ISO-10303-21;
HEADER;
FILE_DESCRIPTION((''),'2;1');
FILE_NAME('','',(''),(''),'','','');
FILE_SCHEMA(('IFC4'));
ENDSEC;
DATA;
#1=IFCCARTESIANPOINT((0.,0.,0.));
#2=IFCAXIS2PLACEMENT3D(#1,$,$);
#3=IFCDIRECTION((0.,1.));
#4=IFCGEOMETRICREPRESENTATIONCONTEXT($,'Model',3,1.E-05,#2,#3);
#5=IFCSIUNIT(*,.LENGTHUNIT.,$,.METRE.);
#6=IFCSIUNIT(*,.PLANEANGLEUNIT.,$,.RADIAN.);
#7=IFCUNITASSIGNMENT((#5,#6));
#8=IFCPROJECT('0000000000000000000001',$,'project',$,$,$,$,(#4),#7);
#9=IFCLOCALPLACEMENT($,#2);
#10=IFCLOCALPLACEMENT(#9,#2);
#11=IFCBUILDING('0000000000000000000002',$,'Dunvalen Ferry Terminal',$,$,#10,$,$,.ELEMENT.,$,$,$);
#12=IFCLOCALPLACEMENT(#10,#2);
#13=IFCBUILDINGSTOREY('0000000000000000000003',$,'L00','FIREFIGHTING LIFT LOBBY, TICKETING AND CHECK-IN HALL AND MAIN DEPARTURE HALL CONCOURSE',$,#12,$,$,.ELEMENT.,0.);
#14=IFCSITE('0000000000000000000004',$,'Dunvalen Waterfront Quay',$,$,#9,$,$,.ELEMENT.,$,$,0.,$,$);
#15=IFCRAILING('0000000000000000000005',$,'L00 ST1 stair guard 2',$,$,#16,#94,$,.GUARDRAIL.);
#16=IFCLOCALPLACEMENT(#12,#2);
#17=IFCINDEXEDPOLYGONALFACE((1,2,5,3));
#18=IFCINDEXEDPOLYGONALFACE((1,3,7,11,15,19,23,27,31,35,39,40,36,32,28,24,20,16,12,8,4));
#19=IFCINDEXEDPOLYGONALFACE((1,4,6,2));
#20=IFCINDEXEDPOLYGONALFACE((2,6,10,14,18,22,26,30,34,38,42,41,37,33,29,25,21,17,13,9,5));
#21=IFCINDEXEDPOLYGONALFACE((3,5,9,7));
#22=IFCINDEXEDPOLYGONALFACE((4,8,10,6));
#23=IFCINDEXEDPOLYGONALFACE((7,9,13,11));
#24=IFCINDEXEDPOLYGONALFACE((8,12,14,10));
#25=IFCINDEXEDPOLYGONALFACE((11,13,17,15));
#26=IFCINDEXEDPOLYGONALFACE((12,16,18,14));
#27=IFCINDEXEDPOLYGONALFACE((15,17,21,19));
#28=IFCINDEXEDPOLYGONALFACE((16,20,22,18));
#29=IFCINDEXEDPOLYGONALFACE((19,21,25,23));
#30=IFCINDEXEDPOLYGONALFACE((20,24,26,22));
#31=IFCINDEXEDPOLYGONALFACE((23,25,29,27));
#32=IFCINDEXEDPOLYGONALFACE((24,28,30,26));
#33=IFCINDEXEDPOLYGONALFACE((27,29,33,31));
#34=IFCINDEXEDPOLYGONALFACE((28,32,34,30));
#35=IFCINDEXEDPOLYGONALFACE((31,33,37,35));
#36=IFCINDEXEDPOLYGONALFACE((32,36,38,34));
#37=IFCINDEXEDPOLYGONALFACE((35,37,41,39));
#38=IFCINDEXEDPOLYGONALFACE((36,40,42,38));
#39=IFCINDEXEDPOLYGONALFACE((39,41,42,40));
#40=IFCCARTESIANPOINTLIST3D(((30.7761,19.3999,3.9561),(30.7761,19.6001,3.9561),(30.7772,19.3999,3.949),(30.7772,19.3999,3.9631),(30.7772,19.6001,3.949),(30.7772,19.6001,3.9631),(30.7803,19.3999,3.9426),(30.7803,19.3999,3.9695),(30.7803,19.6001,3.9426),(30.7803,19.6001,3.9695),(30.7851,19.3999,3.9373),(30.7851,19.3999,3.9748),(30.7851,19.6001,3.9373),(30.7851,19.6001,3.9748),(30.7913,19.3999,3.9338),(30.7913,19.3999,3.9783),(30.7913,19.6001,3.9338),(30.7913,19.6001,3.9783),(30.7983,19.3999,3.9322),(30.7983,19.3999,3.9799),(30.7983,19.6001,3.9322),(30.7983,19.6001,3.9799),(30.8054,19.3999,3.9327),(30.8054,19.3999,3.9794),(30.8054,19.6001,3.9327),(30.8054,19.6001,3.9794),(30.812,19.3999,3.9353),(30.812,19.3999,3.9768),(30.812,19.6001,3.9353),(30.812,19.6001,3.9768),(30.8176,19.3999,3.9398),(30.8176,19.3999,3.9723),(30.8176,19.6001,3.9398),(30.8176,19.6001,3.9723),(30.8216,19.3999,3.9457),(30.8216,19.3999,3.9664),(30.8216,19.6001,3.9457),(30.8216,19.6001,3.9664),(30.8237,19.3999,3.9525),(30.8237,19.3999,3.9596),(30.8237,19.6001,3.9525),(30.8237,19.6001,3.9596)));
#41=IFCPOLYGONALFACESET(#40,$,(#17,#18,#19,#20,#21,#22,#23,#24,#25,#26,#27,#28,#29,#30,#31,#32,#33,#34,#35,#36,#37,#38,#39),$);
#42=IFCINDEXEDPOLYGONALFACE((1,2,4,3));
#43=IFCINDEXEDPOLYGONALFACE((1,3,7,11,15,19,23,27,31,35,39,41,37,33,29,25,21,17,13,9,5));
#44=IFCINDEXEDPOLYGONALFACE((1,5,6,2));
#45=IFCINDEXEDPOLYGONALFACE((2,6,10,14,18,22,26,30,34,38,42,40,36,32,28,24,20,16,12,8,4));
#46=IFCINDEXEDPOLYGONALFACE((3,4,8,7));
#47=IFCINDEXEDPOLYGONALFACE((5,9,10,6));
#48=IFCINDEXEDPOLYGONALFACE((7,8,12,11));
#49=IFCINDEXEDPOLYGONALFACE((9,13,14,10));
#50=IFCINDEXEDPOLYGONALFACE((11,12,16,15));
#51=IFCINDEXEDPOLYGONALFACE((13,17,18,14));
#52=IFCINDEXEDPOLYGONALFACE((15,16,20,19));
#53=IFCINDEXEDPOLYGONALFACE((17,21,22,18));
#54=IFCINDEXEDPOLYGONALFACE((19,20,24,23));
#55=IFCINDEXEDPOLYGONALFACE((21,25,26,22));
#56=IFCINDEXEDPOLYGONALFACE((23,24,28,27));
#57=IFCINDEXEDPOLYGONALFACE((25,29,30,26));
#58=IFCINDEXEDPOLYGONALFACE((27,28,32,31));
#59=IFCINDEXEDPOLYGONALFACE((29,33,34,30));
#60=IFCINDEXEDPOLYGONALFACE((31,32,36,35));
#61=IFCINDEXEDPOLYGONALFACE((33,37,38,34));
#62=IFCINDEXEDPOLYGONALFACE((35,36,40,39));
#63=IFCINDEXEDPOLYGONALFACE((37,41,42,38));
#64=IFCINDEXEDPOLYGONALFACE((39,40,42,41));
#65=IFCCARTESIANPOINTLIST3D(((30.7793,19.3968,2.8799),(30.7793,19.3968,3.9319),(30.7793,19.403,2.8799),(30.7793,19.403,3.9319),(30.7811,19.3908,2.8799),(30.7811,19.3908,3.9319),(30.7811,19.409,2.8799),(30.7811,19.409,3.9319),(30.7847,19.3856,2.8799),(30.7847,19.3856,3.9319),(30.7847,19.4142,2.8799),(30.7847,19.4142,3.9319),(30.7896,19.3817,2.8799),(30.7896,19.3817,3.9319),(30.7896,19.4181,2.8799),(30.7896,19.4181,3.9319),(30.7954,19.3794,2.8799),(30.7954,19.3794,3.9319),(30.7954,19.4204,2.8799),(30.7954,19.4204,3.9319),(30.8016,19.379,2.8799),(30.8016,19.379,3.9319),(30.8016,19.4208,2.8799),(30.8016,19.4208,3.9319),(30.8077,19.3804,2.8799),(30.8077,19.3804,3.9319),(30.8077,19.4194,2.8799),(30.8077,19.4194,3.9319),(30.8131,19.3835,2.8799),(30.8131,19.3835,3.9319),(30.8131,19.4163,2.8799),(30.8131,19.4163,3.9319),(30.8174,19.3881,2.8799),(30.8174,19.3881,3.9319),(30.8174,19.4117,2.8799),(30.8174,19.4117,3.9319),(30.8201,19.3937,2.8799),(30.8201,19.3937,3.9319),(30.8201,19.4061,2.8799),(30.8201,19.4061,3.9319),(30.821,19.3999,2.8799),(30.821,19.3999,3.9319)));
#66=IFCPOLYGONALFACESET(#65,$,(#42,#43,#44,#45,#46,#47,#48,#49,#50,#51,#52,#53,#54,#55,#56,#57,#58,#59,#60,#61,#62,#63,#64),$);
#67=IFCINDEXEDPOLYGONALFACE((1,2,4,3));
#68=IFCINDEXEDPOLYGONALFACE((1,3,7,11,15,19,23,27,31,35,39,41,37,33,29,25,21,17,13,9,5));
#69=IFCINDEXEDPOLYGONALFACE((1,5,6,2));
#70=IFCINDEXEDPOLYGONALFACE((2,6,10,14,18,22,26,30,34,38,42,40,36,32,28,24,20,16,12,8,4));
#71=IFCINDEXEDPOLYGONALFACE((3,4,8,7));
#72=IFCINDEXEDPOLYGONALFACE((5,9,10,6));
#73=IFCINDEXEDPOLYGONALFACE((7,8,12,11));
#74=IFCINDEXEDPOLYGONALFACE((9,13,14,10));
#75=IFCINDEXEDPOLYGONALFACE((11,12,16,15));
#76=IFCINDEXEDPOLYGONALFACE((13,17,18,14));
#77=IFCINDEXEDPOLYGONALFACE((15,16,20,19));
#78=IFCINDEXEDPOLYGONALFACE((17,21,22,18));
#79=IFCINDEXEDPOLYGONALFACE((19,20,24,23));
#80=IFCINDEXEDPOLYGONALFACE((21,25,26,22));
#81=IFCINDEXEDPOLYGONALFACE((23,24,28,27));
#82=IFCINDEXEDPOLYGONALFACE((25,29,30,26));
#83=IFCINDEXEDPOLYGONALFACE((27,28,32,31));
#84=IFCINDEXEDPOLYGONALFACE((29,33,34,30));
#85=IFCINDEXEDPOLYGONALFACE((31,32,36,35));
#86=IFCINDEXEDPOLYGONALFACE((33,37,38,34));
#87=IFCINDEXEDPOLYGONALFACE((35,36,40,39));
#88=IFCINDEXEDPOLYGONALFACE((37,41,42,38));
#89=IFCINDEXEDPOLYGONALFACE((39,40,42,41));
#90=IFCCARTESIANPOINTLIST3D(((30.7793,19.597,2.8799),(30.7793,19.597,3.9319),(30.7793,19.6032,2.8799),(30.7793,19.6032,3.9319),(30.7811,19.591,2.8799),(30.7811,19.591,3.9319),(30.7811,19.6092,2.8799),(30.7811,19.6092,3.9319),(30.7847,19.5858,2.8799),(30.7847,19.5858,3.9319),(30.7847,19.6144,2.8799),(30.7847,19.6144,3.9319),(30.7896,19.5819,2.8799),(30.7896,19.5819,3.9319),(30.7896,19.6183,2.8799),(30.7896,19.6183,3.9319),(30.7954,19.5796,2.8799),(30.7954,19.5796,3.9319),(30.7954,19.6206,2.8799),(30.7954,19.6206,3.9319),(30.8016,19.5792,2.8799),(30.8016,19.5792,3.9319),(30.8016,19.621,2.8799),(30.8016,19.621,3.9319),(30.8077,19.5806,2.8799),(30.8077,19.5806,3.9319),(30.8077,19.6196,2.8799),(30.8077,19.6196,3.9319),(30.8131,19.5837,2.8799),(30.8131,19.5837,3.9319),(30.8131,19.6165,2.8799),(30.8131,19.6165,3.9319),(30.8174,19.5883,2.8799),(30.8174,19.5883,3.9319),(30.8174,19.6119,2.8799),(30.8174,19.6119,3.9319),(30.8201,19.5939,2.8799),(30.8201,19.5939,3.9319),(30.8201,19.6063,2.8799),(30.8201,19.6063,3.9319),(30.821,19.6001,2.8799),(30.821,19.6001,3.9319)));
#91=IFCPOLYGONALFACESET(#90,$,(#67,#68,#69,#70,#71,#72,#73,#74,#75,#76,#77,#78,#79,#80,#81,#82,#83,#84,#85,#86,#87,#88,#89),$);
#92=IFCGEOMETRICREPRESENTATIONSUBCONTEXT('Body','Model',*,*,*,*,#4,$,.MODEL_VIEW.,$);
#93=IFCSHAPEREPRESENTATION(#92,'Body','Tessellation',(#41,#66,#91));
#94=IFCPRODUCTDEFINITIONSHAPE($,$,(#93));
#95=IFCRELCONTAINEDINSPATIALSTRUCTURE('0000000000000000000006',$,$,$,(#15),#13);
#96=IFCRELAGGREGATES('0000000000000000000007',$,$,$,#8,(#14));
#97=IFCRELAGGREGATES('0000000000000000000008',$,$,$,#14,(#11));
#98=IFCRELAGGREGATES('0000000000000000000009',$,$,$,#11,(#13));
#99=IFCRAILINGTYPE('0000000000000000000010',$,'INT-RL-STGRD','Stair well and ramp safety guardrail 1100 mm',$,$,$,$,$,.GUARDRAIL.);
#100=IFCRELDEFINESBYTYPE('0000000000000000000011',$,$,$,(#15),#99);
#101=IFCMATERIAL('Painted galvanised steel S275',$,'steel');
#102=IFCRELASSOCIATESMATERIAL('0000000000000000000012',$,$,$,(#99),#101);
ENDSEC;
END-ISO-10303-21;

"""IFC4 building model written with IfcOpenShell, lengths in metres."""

from ifc_helpers import new_model, si_unit, direction, frame, origin, origin_2d, place, context, subcontext, project, spatial, circle, extrude, material, type_object, element, save


model = new_model("IFC4")

# Units and contexts
model_context = context("Model", 3, precision=1e-05, world=origin(), true_north=direction((0.0, 1.0)))
body_context = subcontext(model_context, "Body", "Model", "MODEL_VIEW")
ifc_project = project(units=[si_unit("LENGTHUNIT", "METRE"), si_unit("PLANEANGLEUNIT", "RADIAN")], contexts=[model_context])

# Site, building, storey
site_placement = place(None, origin())
site = spatial("IfcSite", under=ifc_project, at=site_placement, Name="Dunvalen Waterfront Quay", CompositionType="ELEMENT", RefElevation=0.0)
building_placement = place(site_placement, origin())
building = spatial("IfcBuilding", under=site, at=building_placement, Name="Dunvalen Ferry Terminal", CompositionType="ELEMENT")
storey_placement = place(building_placement, origin())
storey = spatial("IfcBuildingStorey", under=building, at=storey_placement, Name="L00", Description="FIREFIGHTING LIFT LOBBY, TICKETING AND CHECK-IN HALL AND MAIN DEPARTURE HALL CONCOURSE", CompositionType="ELEMENT", Elevation=0.0)

# Railing
ifc_material_1 = material(Name="Painted galvanised steel S275", Category="steel")
railing_type_1 = type_object("IfcRailingType", Name="INT-RL-STGRD", Description="Stair well and ramp safety guardrail 1100 mm", PredefinedType="GUARDRAIL", material=ifc_material_1)
railing_1_placement = place(storey_placement, frame((30.8, 19.3999, 2.8799)))
element("IfcRailing", 1, at=railing_1_placement, inside=storey, type_object=railing_type_1, Name="L00 ST1 stair guard 2", PredefinedType="GUARDRAIL", context=body_context, shape_type="SweptSolid", body=[
    extrude(circle(Radius=0.0239, at=origin_2d()), frame((0.0, 0.0, 1.0762), z_axis=(0.0, 1.0, 0.0), x_axis=(-1.0, 0.0, 0.0)), (0.0, 0.0, 1.0), 0.2002),
    extrude(circle(Radius=0.021, at=origin_2d()), origin(), (0.0, 0.0, 1.0), 1.052),
    extrude(circle(Radius=0.021, at=origin_2d()), frame((0.0, 0.2002, 0.0)), (0.0, 0.0, 1.0), 1.052),
])

save(model, "model.ifc")
